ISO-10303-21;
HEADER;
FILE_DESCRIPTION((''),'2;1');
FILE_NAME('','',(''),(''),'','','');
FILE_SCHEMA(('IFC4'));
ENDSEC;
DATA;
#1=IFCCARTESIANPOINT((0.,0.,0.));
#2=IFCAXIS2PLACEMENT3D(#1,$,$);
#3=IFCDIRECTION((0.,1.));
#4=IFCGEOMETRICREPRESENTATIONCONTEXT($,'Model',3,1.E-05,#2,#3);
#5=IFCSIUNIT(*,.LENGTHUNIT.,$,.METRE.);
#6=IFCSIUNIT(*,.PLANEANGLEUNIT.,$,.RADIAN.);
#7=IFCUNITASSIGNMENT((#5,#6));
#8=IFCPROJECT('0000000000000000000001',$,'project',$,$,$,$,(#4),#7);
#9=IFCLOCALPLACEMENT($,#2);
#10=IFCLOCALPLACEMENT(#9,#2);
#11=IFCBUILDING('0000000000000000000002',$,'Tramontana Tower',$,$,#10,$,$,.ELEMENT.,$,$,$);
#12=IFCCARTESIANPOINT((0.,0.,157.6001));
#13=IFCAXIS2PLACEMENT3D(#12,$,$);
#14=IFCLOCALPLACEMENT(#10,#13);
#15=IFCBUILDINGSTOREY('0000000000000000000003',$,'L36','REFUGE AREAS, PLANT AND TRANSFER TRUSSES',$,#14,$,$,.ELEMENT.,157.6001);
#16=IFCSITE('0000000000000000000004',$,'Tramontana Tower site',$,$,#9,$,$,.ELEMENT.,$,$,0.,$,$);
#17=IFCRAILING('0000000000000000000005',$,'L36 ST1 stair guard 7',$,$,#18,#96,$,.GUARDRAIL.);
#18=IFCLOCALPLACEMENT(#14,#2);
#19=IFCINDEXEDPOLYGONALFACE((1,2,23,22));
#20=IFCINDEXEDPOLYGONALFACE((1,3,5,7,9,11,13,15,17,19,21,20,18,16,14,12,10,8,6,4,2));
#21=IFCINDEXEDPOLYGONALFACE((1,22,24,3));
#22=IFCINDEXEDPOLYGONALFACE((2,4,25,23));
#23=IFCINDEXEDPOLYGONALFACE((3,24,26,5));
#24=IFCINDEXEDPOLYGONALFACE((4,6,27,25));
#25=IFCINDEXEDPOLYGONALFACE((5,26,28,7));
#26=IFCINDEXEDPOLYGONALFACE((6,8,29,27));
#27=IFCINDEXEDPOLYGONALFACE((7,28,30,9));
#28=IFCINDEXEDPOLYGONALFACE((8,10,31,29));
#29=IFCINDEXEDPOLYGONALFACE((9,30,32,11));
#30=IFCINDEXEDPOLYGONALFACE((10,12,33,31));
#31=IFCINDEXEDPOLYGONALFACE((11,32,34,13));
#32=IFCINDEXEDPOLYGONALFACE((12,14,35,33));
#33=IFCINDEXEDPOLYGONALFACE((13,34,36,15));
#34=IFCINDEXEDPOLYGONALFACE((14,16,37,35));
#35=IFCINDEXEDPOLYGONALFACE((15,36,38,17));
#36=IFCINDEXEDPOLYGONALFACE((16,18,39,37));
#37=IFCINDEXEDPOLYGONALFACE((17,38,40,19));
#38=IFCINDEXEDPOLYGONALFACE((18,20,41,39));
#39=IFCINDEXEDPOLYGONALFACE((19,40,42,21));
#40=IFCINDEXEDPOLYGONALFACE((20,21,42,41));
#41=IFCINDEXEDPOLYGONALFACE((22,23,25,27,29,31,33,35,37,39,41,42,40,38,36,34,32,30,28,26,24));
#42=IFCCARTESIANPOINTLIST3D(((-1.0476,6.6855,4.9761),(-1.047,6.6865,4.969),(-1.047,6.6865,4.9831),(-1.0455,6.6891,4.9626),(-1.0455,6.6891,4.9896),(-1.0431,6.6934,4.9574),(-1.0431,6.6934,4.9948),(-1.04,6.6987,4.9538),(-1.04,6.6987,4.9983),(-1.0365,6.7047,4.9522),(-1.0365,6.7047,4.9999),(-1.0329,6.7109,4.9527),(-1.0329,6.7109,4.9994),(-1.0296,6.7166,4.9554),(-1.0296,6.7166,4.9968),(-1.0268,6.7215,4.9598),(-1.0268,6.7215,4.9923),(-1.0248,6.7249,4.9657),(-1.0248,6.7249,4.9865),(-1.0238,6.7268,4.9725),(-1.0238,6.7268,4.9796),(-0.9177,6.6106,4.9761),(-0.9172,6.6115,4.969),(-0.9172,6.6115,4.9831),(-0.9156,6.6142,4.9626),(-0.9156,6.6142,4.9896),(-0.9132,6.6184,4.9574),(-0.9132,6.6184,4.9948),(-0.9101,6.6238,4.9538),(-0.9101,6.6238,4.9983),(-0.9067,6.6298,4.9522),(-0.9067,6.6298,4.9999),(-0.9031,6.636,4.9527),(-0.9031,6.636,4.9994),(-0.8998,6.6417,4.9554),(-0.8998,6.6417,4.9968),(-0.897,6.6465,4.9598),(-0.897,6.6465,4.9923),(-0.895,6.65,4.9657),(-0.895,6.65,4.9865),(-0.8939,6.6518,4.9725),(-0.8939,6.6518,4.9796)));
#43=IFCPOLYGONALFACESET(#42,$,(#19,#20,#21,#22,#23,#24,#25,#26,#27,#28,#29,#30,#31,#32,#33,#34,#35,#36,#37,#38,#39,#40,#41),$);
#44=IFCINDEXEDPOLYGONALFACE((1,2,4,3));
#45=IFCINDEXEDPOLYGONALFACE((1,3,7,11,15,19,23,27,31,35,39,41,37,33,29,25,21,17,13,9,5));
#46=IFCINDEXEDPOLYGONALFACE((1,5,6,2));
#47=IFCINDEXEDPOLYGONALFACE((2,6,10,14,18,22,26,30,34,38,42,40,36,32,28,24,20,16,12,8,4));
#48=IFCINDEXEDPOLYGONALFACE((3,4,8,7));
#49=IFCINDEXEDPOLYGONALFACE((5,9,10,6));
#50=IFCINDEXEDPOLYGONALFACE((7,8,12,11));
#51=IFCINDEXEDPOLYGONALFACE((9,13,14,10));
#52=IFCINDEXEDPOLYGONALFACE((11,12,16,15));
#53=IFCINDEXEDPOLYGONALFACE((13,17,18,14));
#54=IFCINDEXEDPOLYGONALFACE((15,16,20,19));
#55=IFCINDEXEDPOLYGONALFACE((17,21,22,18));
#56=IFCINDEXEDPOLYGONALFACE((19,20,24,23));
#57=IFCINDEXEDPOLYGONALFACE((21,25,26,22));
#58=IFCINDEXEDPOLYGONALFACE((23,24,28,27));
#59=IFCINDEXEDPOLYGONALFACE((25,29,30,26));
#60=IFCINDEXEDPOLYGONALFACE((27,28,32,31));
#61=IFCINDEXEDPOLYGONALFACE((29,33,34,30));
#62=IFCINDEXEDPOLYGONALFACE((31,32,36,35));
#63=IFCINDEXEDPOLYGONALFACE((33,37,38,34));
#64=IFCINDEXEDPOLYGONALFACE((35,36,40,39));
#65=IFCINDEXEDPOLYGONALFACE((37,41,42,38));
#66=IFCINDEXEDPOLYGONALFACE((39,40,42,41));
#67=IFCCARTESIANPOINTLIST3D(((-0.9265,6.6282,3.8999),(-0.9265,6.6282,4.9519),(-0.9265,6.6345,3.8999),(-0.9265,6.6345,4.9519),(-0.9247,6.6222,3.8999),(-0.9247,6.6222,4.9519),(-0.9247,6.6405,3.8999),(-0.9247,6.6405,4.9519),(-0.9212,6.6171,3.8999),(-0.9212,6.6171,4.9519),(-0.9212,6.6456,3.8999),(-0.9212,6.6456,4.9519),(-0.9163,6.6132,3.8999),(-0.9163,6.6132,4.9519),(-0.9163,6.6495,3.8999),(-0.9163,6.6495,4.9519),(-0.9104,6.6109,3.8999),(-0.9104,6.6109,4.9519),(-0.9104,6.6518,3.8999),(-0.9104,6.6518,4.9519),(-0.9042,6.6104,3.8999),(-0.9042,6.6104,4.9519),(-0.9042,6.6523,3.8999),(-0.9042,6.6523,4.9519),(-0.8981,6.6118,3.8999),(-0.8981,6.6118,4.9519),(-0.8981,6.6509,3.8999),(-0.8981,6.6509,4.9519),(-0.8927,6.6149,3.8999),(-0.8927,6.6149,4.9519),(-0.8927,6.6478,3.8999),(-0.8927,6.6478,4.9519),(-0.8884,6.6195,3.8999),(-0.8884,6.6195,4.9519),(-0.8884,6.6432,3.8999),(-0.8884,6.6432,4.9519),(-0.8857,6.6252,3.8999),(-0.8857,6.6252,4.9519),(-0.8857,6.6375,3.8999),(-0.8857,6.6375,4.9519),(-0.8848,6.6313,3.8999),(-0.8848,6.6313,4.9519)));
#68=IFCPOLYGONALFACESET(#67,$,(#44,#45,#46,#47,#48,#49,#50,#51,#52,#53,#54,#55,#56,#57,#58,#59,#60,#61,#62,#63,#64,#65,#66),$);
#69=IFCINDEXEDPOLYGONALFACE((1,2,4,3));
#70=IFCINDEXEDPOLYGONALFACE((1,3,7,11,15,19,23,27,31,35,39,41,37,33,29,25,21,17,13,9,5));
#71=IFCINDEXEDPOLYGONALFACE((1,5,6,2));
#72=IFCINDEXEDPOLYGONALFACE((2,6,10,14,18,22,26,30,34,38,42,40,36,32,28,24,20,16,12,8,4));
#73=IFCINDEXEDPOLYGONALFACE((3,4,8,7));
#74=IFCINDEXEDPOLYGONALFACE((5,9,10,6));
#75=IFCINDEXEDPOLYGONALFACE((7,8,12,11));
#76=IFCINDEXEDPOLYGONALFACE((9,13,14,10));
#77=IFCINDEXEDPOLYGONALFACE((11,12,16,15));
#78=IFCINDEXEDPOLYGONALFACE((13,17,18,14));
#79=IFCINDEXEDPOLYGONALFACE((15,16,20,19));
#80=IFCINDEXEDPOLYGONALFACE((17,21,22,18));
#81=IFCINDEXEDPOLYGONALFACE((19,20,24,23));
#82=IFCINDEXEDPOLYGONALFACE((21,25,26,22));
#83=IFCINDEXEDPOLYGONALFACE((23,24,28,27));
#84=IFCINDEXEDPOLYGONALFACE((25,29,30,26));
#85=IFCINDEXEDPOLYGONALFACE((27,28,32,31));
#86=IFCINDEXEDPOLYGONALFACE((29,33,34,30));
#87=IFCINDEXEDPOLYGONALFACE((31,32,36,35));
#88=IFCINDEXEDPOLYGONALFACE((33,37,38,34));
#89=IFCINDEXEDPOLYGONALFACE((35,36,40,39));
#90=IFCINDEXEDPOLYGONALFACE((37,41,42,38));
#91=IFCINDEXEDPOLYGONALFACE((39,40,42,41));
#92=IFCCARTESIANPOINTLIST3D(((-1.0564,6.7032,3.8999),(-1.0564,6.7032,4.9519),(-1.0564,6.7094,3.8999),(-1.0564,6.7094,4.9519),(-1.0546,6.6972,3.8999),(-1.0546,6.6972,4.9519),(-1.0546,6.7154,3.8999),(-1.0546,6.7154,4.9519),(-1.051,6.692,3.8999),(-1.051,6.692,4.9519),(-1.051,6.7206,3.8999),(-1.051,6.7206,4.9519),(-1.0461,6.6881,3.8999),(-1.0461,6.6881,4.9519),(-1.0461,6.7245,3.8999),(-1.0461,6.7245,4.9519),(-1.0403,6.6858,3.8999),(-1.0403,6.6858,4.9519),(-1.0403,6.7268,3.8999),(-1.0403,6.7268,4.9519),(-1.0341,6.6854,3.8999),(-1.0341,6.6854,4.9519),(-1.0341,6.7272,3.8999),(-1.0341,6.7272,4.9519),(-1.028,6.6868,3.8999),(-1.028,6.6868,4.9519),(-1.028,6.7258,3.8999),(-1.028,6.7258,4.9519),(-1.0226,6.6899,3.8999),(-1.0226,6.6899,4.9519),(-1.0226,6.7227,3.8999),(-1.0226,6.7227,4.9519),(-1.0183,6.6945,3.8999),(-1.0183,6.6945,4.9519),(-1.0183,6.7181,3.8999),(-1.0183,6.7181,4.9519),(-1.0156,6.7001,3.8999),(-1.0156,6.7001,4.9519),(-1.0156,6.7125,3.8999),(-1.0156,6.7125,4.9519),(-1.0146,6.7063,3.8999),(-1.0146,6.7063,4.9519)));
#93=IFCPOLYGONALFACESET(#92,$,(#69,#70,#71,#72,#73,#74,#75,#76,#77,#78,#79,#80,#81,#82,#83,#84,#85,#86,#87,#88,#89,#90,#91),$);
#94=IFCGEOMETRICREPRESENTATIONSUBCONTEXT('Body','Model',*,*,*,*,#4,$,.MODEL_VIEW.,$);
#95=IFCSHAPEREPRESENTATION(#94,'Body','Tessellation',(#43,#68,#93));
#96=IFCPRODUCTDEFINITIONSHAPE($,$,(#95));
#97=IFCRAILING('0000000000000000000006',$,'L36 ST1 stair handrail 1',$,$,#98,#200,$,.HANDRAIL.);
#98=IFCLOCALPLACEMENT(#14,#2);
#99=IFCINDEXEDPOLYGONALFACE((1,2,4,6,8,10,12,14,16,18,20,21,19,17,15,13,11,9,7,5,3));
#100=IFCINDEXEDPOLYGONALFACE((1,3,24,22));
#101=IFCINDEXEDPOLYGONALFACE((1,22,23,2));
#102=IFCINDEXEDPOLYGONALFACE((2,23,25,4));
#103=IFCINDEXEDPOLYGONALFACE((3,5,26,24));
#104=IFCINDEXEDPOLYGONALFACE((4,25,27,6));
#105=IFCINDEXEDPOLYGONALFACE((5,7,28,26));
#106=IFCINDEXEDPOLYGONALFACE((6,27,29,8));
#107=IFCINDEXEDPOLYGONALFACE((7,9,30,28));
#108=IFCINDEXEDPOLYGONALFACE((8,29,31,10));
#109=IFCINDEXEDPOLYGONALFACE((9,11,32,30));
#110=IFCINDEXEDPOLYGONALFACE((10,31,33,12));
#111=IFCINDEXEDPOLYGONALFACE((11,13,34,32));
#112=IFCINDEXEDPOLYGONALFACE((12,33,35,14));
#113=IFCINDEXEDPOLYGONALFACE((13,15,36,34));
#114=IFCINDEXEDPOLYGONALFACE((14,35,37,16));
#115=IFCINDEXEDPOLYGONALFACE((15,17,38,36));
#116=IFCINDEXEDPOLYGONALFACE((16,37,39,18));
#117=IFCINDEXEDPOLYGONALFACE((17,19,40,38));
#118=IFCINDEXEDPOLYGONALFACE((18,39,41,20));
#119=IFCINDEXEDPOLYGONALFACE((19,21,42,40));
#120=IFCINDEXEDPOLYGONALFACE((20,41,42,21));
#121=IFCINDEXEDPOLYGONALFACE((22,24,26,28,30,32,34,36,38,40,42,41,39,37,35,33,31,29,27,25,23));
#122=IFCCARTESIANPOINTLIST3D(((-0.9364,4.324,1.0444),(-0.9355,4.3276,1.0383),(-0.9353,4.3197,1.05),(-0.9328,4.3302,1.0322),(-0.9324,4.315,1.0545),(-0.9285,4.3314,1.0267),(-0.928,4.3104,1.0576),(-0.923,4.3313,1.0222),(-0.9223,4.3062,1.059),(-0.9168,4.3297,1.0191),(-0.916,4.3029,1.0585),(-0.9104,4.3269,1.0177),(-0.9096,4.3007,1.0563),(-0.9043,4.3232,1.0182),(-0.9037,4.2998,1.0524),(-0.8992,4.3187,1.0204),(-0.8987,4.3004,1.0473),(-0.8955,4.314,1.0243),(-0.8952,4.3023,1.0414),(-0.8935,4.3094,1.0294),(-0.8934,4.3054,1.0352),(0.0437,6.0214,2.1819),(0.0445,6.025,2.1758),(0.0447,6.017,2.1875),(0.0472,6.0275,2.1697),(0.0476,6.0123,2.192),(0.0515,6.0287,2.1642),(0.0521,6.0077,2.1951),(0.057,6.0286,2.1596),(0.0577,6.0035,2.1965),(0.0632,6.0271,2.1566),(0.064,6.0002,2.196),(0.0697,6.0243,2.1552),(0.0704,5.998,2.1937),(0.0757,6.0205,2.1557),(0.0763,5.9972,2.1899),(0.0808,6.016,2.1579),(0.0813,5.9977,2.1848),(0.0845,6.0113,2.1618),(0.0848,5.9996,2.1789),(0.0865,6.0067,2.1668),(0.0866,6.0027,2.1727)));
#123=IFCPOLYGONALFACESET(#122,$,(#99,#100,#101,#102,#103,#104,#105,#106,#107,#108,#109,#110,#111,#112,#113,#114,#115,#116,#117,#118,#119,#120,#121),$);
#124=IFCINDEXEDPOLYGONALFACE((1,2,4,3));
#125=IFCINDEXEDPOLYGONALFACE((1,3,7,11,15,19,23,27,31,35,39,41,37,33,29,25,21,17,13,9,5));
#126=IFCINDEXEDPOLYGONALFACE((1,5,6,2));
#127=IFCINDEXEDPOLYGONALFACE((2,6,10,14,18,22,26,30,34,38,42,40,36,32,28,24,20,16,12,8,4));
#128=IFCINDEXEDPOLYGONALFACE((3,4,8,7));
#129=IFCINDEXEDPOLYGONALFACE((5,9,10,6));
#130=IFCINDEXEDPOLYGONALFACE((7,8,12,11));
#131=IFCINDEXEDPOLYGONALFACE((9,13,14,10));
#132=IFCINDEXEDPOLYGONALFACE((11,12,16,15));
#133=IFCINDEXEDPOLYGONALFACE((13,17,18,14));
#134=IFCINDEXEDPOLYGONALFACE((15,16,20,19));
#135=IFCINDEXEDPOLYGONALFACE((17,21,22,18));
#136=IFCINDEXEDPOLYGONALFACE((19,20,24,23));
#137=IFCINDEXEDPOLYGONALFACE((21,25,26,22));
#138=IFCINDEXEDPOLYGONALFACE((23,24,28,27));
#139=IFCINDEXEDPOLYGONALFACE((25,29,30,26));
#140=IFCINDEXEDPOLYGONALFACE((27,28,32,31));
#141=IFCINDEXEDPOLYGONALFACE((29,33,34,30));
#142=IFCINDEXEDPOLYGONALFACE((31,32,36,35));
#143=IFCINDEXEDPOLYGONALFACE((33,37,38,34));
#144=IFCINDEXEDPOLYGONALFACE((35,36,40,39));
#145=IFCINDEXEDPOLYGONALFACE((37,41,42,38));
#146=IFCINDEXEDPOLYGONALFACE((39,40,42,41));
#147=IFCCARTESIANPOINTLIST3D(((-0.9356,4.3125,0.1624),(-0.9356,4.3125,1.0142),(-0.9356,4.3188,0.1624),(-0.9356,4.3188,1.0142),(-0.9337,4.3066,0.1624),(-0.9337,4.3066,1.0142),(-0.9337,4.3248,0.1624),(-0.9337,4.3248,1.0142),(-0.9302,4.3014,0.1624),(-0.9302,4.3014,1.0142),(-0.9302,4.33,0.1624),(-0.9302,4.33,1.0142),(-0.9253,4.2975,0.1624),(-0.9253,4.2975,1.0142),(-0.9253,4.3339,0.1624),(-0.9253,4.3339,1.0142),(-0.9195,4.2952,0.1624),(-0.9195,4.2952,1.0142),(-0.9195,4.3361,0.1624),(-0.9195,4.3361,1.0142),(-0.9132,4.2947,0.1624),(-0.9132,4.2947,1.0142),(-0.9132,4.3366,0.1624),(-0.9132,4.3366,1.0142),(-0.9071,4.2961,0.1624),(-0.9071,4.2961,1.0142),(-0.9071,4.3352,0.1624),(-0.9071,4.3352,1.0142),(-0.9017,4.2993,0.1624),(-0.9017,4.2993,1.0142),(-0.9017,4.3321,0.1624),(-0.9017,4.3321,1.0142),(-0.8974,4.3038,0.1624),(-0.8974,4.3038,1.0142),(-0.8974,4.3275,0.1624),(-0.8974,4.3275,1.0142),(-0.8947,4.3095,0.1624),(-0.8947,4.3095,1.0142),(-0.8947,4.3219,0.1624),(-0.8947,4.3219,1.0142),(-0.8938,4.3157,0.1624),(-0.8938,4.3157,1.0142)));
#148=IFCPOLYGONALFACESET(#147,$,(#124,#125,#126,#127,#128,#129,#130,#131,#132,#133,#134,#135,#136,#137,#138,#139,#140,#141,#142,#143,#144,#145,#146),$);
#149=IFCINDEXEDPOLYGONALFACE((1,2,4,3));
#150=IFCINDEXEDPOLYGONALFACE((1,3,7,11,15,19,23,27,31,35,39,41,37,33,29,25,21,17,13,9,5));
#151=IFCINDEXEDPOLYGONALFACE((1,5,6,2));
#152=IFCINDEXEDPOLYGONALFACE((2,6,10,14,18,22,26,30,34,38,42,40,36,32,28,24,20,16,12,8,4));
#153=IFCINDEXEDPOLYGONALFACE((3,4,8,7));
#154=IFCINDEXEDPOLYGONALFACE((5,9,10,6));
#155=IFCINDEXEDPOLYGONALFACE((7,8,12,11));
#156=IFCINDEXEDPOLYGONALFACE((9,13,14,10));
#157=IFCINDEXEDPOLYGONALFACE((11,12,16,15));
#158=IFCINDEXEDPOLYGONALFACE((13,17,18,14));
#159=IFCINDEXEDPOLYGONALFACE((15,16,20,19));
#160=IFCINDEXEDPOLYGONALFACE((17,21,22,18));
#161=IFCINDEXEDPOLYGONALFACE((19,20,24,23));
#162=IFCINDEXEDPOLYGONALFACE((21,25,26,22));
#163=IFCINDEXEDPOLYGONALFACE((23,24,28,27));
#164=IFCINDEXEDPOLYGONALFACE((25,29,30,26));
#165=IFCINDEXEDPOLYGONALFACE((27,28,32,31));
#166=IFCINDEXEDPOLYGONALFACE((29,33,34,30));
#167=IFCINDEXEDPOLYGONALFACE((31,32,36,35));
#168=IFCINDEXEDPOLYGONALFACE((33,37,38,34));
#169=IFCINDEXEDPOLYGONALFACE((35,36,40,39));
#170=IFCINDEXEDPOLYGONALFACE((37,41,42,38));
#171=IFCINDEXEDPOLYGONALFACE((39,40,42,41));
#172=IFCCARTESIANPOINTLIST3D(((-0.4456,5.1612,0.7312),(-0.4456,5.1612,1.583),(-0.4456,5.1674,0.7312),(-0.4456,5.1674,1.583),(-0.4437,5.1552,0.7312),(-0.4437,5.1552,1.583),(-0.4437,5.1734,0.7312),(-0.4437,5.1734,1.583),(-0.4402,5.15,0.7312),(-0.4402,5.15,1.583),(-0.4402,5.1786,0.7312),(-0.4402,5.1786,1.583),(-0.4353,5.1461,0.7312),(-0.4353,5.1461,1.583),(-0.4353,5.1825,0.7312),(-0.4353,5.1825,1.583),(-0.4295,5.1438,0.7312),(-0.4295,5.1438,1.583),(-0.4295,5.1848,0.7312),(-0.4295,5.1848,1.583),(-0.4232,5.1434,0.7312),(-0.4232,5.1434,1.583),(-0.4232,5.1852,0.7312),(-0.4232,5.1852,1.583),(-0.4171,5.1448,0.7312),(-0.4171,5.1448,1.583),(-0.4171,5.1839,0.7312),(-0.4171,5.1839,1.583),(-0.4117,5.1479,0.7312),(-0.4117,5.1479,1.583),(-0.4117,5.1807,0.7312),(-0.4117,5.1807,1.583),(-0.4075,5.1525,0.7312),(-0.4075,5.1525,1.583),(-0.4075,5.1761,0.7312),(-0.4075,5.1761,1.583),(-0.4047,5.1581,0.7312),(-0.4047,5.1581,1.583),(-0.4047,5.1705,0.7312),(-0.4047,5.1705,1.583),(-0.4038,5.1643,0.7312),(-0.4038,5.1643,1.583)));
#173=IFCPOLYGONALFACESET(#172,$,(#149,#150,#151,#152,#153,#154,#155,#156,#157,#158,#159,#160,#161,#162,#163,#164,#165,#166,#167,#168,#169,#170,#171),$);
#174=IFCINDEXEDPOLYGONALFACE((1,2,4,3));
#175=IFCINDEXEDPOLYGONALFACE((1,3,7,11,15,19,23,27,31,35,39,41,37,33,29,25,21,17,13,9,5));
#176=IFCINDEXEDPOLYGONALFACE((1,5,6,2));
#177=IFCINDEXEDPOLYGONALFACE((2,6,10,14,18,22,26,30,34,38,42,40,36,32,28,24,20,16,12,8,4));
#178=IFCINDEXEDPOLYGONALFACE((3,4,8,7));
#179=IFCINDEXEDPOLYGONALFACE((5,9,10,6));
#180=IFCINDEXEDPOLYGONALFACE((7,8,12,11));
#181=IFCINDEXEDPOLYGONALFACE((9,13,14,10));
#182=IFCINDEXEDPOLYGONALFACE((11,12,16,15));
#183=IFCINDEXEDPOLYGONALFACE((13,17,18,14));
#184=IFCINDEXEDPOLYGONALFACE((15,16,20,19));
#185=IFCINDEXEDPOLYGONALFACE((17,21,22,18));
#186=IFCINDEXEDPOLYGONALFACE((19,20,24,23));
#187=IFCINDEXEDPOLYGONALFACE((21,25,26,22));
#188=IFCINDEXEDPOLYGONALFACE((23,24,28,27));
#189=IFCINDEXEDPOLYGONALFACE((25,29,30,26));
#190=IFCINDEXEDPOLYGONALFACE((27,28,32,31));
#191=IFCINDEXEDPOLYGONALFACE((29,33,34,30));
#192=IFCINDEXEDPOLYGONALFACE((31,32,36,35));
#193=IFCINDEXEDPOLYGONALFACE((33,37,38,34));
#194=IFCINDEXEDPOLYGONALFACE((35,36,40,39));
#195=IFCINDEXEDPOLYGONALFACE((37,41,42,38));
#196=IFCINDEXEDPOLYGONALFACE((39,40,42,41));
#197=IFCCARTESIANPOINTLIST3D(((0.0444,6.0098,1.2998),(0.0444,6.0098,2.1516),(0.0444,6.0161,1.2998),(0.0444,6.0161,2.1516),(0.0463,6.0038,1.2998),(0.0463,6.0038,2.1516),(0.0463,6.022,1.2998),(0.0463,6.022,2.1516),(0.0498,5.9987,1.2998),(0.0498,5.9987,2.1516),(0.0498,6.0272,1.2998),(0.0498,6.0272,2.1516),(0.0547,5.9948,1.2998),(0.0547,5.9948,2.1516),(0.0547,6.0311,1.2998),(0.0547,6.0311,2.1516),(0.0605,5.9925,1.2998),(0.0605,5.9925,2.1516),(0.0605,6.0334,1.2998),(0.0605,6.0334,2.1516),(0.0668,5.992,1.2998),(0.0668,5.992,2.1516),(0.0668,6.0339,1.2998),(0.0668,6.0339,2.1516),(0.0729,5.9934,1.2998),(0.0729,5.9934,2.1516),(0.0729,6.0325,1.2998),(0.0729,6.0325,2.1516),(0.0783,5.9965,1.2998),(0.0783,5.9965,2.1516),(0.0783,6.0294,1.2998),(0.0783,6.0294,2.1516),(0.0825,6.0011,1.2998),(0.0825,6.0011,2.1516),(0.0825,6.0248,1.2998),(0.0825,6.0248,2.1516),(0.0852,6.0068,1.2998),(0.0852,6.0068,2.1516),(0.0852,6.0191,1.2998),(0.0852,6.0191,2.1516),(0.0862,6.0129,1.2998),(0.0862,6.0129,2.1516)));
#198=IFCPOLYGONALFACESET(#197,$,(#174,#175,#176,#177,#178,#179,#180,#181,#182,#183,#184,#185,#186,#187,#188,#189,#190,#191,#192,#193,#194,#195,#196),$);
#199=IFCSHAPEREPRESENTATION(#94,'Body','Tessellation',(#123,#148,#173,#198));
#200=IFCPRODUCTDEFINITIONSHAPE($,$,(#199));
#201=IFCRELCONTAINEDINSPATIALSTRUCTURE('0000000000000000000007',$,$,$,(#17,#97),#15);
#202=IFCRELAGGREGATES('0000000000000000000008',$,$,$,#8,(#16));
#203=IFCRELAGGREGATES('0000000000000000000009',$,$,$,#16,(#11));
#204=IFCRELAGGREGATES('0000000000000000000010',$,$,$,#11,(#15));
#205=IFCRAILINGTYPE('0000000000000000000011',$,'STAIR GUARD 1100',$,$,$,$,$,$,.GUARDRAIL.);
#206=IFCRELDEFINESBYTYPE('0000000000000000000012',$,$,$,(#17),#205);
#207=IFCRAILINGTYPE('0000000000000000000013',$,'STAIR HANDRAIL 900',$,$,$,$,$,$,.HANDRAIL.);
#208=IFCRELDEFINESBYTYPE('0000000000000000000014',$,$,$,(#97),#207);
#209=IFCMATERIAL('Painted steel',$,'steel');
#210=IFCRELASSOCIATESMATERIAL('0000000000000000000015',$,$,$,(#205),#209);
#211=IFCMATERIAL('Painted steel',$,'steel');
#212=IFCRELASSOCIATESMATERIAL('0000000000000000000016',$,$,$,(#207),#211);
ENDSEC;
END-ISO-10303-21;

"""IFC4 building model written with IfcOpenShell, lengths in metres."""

from ifc_helpers import new_model, si_unit, direction, frame, origin, origin_2d, place, context, subcontext, project, spatial, circle, extrude, material, type_object, element, save


model = new_model("IFC4")

# Units and contexts
model_context = context("Model", 3, precision=1e-05, world=origin(), true_north=direction((0.0, 1.0)))
body_context = subcontext(model_context, "Body", "Model", "MODEL_VIEW")
ifc_project = project(units=[si_unit("LENGTHUNIT", "METRE"), si_unit("PLANEANGLEUNIT", "RADIAN")], contexts=[model_context])

# Site, building, storey
site_placement = place(None, origin())
site = spatial("IfcSite", under=ifc_project, at=site_placement, Name="Tramontana Tower site", CompositionType="ELEMENT", RefElevation=0.0)
building_placement = place(site_placement, origin())
building = spatial("IfcBuilding", under=site, at=building_placement, Name="Tramontana Tower", CompositionType="ELEMENT")
storey_placement = place(building_placement, frame((0.0, 0.0, 157.6001)))
storey = spatial("IfcBuildingStorey", under=building, at=storey_placement, Name="L36", Description="REFUGE AREAS, PLANT AND TRANSFER TRUSSES", CompositionType="ELEMENT", Elevation=157.6001)

# Railings
ifc_material_1 = material(Name="Painted steel", Category="steel")
railing_type_1 = type_object("IfcRailingType", Name="STAIR GUARD 1100", PredefinedType="GUARDRAIL", material=ifc_material_1)
for number, where, name in (
    (1, (-0.9058, 6.6313, 3.8999), "L36 ST1 stair guard 7"),
):
    element("IfcRailing", number, at=place(storey_placement, frame(where)), inside=storey, type_object=railing_type_1, Name=name, PredefinedType="GUARDRAIL", context=body_context, shape_type="SweptSolid", body=[
        extrude(circle(Radius=0.0239, at=origin_2d()), frame((0.0, 0.0, 1.0762), z_axis=(-0.866131, 0.499816, 0.0), x_axis=(-0.499816, -0.866131, 0.0)), (0.0, 0.0, 1.0), 0.1499),
        extrude(circle(Radius=0.021, at=origin_2d()), origin(), (0.0, 0.0, 1.0), 1.052),
        extrude(circle(Radius=0.021, at=origin_2d()), frame((-0.1299, 0.075, 0.0)), (0.0, 0.0, 1.0), 1.052),
    ])
ifc_material_2 = material(Name="Painted steel", Category="steel")
railing_type_2 = type_object("IfcRailingType", Name="STAIR HANDRAIL 900", PredefinedType="HANDRAIL", material=ifc_material_2)
for number, where, name in (
    (2, (-0.9148, 4.3157, 0.1624), "L36 ST1 stair handrail 1"),
):
    element("IfcRailing", number, at=place(storey_placement, frame(where)), inside=storey, type_object=railing_type_2, Name=name, PredefinedType="HANDRAIL", context=body_context, shape_type="SweptSolid", body=[
        extrude(circle(Radius=0.0239, at=origin_2d()), frame((0.0, 0.0, 0.876), z_axis=(0.432467, 0.749006, 0.501959), x_axis=(-0.866011, 0.500024, 0.0)), (0.0, 0.0, 1.0), 2.2661),
        extrude(circle(Radius=0.021, at=origin_2d()), origin(), (0.0, 0.0, 1.0), 0.8518),
        extrude(circle(Radius=0.021, at=origin_2d()), frame((0.49, 0.8486, 0.5688)), (0.0, 0.0, 1.0), 0.8518),
        extrude(circle(Radius=0.021, at=origin_2d()), frame((0.98, 1.6973, 1.1375)), (0.0, 0.0, 1.0), 0.8518),
    ])

save(model, "model.ifc")
